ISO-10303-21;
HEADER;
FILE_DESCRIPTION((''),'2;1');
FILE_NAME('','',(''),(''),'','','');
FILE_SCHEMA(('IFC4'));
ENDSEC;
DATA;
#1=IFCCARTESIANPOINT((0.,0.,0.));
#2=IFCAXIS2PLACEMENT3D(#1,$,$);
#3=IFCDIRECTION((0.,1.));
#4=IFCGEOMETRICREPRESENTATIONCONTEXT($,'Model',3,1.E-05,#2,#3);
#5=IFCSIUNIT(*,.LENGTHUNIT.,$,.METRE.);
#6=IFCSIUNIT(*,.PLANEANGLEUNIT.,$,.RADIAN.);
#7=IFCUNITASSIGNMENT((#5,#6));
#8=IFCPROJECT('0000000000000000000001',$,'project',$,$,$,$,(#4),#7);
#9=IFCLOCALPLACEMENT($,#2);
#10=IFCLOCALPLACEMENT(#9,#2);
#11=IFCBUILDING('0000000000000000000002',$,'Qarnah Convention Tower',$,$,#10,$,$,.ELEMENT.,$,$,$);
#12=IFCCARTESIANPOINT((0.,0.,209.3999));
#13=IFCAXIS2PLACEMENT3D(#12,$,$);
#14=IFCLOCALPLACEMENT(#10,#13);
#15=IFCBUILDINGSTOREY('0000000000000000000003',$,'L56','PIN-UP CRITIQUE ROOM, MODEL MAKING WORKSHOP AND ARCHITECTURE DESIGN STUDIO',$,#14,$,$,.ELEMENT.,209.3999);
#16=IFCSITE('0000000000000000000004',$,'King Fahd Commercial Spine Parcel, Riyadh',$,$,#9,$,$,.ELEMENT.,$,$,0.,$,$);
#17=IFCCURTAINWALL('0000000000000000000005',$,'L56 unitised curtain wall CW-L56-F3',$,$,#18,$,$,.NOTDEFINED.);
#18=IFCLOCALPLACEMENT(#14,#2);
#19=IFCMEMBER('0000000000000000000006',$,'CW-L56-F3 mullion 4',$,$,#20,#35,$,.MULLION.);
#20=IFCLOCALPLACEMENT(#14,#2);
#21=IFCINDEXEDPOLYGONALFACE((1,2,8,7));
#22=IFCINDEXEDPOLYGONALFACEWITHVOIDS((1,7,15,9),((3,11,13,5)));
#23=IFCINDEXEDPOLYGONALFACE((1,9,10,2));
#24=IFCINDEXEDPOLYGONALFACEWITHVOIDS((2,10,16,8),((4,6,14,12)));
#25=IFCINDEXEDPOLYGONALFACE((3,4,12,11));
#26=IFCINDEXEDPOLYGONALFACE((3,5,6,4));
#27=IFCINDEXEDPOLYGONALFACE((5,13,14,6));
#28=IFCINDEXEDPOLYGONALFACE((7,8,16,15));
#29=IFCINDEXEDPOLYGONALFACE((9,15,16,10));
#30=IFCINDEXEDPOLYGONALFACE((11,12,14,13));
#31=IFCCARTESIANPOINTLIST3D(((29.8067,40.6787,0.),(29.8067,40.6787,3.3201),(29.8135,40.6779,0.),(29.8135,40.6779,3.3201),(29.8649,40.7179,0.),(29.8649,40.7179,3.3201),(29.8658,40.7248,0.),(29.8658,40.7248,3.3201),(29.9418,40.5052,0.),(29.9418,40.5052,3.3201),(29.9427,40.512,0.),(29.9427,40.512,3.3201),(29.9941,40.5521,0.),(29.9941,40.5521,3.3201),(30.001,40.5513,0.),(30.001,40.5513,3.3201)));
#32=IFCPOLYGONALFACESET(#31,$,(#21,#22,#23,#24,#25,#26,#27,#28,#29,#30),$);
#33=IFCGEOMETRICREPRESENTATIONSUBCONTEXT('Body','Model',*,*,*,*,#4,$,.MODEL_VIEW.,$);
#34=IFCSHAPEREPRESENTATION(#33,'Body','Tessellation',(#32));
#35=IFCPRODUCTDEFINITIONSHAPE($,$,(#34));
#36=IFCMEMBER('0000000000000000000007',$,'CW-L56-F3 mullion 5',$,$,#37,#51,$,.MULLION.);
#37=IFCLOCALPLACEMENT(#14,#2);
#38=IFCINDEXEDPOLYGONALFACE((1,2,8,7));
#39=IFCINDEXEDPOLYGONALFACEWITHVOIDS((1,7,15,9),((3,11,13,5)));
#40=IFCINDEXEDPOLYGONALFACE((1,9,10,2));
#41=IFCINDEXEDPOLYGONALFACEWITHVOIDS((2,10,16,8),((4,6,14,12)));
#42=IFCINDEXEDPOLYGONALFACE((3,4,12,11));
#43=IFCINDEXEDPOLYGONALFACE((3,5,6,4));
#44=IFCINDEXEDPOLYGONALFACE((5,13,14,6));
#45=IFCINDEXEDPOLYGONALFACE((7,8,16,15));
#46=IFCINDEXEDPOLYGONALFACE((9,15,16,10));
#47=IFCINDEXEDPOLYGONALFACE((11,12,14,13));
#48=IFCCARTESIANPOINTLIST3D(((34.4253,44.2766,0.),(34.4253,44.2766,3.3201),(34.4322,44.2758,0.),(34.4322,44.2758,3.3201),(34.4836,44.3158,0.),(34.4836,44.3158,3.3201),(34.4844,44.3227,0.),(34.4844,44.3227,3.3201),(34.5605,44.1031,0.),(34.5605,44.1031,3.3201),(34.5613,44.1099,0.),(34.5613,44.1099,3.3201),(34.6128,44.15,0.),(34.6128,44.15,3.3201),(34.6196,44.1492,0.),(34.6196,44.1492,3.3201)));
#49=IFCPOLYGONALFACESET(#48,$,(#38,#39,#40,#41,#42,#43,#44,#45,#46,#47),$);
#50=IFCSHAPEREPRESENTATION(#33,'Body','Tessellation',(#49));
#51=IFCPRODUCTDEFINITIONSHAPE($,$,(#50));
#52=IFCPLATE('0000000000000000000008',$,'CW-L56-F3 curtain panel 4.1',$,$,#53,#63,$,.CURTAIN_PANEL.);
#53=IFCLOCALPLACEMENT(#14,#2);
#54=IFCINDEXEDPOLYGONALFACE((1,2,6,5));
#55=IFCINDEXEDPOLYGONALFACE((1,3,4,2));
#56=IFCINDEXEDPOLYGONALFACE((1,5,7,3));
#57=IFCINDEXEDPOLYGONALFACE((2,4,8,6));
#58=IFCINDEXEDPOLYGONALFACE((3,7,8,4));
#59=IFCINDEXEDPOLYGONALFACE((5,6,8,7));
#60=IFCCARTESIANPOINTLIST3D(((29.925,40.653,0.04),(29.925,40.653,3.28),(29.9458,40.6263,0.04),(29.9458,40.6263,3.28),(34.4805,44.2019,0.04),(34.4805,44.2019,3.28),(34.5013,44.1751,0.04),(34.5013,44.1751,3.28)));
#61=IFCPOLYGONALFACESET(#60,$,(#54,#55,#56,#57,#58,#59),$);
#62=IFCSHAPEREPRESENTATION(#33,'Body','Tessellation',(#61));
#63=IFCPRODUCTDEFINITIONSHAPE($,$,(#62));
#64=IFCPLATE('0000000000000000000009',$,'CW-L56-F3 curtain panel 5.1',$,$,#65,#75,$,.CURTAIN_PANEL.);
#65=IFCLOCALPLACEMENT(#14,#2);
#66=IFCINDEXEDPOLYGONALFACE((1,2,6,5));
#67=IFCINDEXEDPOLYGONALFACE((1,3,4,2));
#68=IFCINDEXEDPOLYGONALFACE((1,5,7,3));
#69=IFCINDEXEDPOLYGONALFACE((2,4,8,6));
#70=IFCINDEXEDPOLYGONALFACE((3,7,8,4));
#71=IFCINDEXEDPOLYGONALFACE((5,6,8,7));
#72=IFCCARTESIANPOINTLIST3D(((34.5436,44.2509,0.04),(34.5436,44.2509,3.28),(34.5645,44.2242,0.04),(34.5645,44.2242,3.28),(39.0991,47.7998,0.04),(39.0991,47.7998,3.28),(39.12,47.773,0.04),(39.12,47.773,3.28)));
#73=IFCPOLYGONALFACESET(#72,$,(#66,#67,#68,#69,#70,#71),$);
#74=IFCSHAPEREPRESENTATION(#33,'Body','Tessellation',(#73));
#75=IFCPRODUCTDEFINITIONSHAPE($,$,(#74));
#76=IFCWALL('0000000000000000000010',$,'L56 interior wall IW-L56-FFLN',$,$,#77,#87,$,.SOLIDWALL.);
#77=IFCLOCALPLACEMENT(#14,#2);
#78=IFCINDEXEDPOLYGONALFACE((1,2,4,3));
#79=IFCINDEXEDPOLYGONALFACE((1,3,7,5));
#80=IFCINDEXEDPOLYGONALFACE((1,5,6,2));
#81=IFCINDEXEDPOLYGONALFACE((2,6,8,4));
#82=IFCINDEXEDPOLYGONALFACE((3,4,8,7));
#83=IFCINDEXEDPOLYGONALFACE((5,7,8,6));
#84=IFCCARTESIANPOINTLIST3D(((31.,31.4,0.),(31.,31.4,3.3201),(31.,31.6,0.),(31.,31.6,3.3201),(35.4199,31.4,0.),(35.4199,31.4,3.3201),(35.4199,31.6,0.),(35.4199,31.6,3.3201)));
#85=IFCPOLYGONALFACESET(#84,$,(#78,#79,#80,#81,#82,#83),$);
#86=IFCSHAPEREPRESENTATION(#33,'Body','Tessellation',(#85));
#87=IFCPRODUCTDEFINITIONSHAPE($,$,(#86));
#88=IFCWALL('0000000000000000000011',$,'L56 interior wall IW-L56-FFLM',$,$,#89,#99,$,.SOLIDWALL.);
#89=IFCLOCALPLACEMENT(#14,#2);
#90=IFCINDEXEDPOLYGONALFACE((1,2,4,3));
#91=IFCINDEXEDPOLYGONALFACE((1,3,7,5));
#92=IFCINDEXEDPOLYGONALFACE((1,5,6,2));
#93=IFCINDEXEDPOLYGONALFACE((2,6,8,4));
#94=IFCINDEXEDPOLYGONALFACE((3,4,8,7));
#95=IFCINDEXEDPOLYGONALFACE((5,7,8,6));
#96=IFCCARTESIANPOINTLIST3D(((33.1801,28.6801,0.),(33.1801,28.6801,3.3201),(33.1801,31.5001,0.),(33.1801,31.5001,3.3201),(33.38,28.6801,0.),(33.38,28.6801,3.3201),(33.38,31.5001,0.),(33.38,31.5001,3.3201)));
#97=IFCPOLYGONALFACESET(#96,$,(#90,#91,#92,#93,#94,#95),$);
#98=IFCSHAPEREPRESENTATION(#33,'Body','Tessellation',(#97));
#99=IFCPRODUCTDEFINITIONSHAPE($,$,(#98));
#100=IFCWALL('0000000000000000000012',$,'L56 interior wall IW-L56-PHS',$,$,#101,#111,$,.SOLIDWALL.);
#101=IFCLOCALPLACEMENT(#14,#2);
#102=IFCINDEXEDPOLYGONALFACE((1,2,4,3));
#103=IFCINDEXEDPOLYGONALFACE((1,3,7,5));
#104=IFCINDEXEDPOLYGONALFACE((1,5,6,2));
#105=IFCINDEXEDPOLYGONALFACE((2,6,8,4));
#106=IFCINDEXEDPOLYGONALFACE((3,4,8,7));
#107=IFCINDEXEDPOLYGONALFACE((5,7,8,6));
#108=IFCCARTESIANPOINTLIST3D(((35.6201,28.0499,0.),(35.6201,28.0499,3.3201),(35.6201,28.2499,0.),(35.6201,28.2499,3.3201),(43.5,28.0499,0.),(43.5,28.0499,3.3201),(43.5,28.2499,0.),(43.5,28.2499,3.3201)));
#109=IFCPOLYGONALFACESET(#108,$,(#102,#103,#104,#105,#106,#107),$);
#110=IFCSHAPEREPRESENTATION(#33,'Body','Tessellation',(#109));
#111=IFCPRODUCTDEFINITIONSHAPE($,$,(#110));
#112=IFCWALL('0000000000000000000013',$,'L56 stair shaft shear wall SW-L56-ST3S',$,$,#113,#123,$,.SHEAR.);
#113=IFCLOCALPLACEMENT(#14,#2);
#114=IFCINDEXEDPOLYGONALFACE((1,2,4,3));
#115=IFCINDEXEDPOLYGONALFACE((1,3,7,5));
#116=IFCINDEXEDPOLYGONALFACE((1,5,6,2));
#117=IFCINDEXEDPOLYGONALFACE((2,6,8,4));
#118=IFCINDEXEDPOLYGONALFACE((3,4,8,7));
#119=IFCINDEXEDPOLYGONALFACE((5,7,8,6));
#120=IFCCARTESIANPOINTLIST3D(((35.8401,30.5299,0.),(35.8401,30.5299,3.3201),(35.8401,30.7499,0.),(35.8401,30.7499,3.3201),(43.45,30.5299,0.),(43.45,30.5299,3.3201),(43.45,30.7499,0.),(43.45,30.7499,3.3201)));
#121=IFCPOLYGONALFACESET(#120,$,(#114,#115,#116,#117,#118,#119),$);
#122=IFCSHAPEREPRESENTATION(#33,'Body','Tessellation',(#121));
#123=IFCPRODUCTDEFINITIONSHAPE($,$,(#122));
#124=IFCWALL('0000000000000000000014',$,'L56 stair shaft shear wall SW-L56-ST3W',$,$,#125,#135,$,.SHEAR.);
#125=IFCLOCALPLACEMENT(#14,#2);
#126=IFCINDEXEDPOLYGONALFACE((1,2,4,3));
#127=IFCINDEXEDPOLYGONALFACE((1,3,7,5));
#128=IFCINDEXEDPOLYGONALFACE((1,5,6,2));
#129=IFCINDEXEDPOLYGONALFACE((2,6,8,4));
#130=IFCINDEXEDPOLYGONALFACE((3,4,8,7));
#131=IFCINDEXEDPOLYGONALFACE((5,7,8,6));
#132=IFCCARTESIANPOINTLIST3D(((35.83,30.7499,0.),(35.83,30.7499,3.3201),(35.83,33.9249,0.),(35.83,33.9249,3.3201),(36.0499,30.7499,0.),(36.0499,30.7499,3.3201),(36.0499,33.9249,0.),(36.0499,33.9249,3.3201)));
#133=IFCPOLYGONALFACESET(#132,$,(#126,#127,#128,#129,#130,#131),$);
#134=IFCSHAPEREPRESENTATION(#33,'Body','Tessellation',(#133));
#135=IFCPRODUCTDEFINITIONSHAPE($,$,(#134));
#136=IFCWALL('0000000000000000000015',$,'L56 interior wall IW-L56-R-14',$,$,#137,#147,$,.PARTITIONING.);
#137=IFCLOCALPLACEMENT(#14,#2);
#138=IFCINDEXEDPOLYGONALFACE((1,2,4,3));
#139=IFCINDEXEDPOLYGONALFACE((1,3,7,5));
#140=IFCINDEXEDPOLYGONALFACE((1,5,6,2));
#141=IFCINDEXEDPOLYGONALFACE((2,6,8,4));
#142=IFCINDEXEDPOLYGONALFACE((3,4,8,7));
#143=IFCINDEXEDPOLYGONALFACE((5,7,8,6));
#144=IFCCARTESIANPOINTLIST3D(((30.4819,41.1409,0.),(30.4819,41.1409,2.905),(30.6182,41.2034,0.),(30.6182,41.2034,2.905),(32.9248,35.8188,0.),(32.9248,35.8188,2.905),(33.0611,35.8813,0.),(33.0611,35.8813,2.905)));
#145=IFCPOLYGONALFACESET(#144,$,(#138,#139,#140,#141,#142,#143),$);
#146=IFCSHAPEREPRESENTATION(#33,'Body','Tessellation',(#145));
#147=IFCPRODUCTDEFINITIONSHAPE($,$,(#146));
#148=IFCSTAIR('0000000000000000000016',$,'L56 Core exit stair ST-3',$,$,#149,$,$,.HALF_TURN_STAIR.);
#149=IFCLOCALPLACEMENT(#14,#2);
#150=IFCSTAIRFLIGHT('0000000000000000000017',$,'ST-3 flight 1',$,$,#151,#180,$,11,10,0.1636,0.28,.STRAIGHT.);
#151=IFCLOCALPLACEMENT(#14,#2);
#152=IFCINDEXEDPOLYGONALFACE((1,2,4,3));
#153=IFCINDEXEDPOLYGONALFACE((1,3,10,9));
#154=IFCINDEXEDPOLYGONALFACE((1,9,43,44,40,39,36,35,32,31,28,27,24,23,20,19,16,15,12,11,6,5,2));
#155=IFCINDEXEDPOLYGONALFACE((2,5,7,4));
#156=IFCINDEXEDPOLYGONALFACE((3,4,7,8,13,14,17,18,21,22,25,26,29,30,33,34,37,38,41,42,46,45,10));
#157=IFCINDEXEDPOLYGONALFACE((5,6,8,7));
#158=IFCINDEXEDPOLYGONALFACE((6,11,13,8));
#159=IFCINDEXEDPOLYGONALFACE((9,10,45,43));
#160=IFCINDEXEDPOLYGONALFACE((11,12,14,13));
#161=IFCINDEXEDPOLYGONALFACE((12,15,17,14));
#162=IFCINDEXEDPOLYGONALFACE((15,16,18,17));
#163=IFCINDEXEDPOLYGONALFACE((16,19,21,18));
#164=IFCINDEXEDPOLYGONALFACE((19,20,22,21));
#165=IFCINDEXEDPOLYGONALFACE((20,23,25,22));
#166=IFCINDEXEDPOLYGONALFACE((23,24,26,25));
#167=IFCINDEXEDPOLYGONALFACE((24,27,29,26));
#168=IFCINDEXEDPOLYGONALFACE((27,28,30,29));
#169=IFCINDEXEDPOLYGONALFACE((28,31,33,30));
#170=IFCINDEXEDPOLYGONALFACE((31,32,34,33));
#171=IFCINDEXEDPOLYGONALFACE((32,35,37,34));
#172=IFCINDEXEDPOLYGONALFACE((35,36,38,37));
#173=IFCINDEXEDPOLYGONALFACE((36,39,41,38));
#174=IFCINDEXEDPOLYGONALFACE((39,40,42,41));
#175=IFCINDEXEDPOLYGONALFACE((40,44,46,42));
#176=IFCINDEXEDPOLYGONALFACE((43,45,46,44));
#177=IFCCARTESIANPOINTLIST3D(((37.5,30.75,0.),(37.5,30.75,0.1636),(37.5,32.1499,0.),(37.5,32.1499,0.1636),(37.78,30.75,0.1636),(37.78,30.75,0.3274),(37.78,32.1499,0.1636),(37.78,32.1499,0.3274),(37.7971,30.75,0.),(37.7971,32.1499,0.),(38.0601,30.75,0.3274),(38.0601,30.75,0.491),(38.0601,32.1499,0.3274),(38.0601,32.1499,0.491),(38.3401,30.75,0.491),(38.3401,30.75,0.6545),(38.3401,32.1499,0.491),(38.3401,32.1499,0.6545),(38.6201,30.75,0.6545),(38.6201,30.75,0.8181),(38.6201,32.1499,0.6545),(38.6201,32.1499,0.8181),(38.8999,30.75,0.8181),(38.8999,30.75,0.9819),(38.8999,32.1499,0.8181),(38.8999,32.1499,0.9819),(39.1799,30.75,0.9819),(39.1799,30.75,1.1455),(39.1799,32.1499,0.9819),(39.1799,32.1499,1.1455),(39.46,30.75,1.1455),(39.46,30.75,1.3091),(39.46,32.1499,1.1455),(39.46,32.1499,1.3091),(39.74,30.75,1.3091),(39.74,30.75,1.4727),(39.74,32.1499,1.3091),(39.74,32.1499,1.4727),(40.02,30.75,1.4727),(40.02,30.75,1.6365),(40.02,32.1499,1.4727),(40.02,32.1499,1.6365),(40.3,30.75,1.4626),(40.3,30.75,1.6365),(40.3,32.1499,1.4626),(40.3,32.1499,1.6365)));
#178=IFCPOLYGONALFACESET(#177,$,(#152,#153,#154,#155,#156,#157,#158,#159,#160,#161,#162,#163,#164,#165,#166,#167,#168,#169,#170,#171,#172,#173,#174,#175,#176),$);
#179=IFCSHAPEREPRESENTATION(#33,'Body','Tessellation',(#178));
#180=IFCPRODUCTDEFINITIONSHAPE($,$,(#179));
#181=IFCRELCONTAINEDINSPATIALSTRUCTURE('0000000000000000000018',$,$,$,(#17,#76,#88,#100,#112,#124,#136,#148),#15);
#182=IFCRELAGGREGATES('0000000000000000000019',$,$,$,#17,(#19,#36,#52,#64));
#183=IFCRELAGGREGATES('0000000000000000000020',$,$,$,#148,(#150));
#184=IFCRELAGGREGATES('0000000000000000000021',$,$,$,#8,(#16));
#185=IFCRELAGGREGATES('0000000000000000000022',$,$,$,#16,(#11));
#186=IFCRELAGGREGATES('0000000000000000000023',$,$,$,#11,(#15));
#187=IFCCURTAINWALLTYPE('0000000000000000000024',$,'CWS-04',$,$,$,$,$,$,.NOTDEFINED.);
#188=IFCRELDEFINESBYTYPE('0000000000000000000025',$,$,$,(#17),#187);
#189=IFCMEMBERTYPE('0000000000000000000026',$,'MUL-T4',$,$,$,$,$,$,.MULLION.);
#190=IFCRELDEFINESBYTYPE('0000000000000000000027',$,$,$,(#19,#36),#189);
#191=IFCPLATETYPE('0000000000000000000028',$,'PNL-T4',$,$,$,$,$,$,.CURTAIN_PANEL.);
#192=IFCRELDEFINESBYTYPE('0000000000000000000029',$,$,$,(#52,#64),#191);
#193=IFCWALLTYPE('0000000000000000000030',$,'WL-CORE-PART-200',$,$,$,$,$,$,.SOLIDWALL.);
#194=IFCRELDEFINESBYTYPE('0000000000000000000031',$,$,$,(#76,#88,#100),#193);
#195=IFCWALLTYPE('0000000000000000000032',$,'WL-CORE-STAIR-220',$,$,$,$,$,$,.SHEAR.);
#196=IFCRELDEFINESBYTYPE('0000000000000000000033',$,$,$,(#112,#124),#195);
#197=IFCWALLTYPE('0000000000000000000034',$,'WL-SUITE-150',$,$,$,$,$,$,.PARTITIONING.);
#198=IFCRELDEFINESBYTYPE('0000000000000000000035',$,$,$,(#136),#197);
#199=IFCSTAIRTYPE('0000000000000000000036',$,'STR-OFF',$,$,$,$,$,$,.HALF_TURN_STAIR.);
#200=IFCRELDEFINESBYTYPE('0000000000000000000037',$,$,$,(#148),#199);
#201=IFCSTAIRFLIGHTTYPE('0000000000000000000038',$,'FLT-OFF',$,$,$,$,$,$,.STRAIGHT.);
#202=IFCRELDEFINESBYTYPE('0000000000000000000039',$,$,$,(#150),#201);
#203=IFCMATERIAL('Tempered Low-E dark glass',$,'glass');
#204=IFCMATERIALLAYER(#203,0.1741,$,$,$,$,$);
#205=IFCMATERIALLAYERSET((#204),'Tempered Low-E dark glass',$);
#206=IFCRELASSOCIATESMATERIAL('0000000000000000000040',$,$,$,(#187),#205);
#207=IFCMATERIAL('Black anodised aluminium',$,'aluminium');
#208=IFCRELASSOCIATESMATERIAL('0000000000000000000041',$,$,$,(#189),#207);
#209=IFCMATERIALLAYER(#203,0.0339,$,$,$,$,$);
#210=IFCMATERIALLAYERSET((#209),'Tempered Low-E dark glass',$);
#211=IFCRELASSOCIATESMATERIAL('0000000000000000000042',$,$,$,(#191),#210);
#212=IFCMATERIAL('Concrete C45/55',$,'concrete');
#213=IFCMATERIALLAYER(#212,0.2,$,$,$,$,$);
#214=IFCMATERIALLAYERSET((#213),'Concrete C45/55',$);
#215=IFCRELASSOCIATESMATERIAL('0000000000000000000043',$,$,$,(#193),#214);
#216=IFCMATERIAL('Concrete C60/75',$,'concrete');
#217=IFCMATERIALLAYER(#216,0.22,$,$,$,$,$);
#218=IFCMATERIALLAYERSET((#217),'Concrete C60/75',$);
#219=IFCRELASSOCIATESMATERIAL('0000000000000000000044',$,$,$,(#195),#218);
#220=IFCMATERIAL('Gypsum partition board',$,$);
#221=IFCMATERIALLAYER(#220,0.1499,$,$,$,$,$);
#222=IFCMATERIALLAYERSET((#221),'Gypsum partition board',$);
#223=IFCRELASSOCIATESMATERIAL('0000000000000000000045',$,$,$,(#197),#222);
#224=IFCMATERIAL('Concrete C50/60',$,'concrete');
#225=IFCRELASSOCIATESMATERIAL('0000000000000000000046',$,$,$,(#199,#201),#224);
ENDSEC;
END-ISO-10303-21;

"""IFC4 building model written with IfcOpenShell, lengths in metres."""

from ifc_helpers import new_model, si_unit, direction, frame, frame_2d, origin, origin_2d, place, context, subcontext, project, spatial, polyline, rectangle, hollow_rectangle, outline, extrude, material, layer, layer_set, material_profile, profile_set, type_object, element, aggregate, save


model = new_model("IFC4")

# Units and contexts
model_context = context("Model", 3, precision=1e-05, world=origin(), true_north=direction((0.0, 1.0)))
body_context = subcontext(model_context, "Body", "Model", "MODEL_VIEW")
ifc_project = project(units=[si_unit("LENGTHUNIT", "METRE"), si_unit("PLANEANGLEUNIT", "RADIAN")], contexts=[model_context])

# Site, building, storey
site_placement = place(None, origin())
site = spatial("IfcSite", under=ifc_project, at=site_placement, Name="King Fahd Commercial Spine Parcel, Riyadh", CompositionType="ELEMENT", RefElevation=0.0)
building_placement = place(site_placement, origin())
building = spatial("IfcBuilding", under=site, at=building_placement, Name="Qarnah Convention Tower", CompositionType="ELEMENT")
storey_placement = place(building_placement, frame((0.0, 0.0, 209.3999)))
storey = spatial("IfcBuildingStorey", under=building, at=storey_placement, Name="L56", Description="PIN-UP CRITIQUE ROOM, MODEL MAKING WORKSHOP AND ARCHITECTURE DESIGN STUDIO", CompositionType="ELEMENT", Elevation=209.3999)

# Shared definitions
ifc_material_1 = material(Name="Concrete C50/60", Category="concrete")

# Curtain wall, members, plates
ifc_material_2 = material(Name="Tempered Low-E dark glass", Category="glass")
ifc_layer_1 = layer(ifc_material_2, 0.1741)
ifc_layer_set_1 = layer_set([ifc_layer_1], Name="Tempered Low-E dark glass")
curtain_wall_type = type_object("IfcCurtainWallType", Name="CWS-04", PredefinedType="NOTDEFINED", material=ifc_layer_set_1)
curtain_wall_placement = place(storey_placement, origin())
curtain_wall = element("IfcCurtainWall", 1, at=curtain_wall_placement, inside=storey, type_object=curtain_wall_type, Name="L56 unitised curtain wall CW-L56-F3", PredefinedType="NOTDEFINED")
ifc_material_3 = material(Name="Black anodised aluminium", Category="aluminium")
ifc_material_profile_1 = material_profile(ifc_material_3, hollow_rectangle(XDim=0.075, YDim=0.22, WallThickness=0.0049, at=origin_2d()), Name="MUL-75X220")
ifc_profile_set_1 = profile_set([ifc_material_profile_1], Name="Black anodised aluminium")
member_type = type_object("IfcMemberType", Name="MUL-T4", PredefinedType="MULLION", material=ifc_profile_set_1)
member_1_placement = place(storey_placement, frame((29.9038, 40.615, 0.0), z_axis=(0.0, 0.0, 1.0), x_axis=(0.788876, 0.614553, 0.0)))
member_1 = element("IfcMember", 2, at=member_1_placement, type_object=member_type, Name="CW-L56-F3 mullion 4", PredefinedType="MULLION", context=body_context, shape_type="SweptSolid", body=[
    extrude(hollow_rectangle(XDim=0.075, YDim=0.22, WallThickness=0.0049, at=origin_2d()), origin(), (0.0, 0.0, 1.0), 3.3201),
])
member_2_placement = place(storey_placement, frame((34.5225, 44.2129, 0.0), z_axis=(0.0, 0.0, 1.0), x_axis=(0.788876, 0.614553, 0.0)))
member_2 = element("IfcMember", 3, at=member_2_placement, type_object=member_type, Name="CW-L56-F3 mullion 5", PredefinedType="MULLION", context=body_context, shape_type="SweptSolid", body=[
    extrude(hollow_rectangle(XDim=0.075, YDim=0.22, WallThickness=0.0049, at=origin_2d()), origin(), (0.0, 0.0, 1.0), 3.3201),
])
ifc_layer_2 = layer(ifc_material_2, 0.0339)
ifc_layer_set_2 = layer_set([ifc_layer_2], Name="Tempered Low-E dark glass")
plate_type = type_object("IfcPlateType", Name="PNL-T4", PredefinedType="CURTAIN_PANEL", material=ifc_layer_set_2)
plate_1_placement = place(storey_placement, frame((32.2131, 42.4141, 0.04), z_axis=(0.0, 0.0, 1.0), x_axis=(0.788876, 0.614553, 0.0)))
plate_1 = element("IfcPlate", 4, at=plate_1_placement, type_object=plate_type, Name="CW-L56-F3 curtain panel 4.1", PredefinedType="CURTAIN_PANEL", context=body_context, shape_type="SweptSolid", body=[
    extrude(rectangle(XDim=5.7747, YDim=0.0339, at=origin_2d()), origin(), (0.0, 0.0, 1.0), 3.24),
])
plate_2_placement = place(storey_placement, frame((36.8318, 46.012, 0.04), z_axis=(0.0, 0.0, 1.0), x_axis=(0.788876, 0.614553, 0.0)))
plate_2 = element("IfcPlate", 5, at=plate_2_placement, type_object=plate_type, Name="CW-L56-F3 curtain panel 5.1", PredefinedType="CURTAIN_PANEL", context=body_context, shape_type="SweptSolid", body=[
    extrude(rectangle(XDim=5.7747, YDim=0.0339, at=origin_2d()), origin(), (0.0, 0.0, 1.0), 3.24),
])
aggregate(curtain_wall, [member_1, member_2, plate_1, plate_2])

# Shared definitions
ifc_material_4 = material(Name="Concrete C45/55", Category="concrete")
ifc_layer_3 = layer(ifc_material_4, 0.2)
ifc_layer_set_3 = layer_set([ifc_layer_3], Name="Concrete C45/55")
wall_type_1 = type_object("IfcWallType", Name="WL-CORE-PART-200", PredefinedType="SOLIDWALL", material=ifc_layer_set_3)

# Walls
wall_1_placement = place(storey_placement, frame((31.0, 31.5, 0.0), z_axis=(0.0, 0.0, 1.0), x_axis=(1.0, 0.0, 0.0)))
element("IfcWall", 6, at=wall_1_placement, inside=storey, type_object=wall_type_1, Name="L56 interior wall IW-L56-FFLN", PredefinedType="SOLIDWALL", context=body_context, shape_type="SweptSolid", body=[
    extrude(rectangle(XDim=4.4199, YDim=0.2, at=frame_2d((2.21, 0.0))), origin(), (0.0, 0.0, 1.0), 3.3201),
])
wall_2_placement = place(storey_placement, frame((33.28, 28.6799, 0.0), z_axis=(0.0, 0.0, 1.0), x_axis=(0.0, 1.0, 0.0)))
element("IfcWall", 7, at=wall_2_placement, inside=storey, type_object=wall_type_1, Name="L56 interior wall IW-L56-FFLM", PredefinedType="SOLIDWALL", context=body_context, shape_type="SweptSolid", body=[
    extrude(rectangle(XDim=2.8201, YDim=0.2, at=frame_2d((1.4102, 0.0))), origin(), (0.0, 0.0, 1.0), 3.3201),
])
wall_3_placement = place(storey_placement, frame((35.6201, 28.1499, 0.0), z_axis=(0.0, 0.0, 1.0), x_axis=(1.0, 0.0, 0.0)))
element("IfcWall", 8, at=wall_3_placement, inside=storey, type_object=wall_type_1, Name="L56 interior wall IW-L56-PHS", PredefinedType="SOLIDWALL", context=body_context, shape_type="SweptSolid", body=[
    extrude(rectangle(XDim=7.8799, YDim=0.2, at=frame_2d((3.9399, 0.0))), origin(), (0.0, 0.0, 1.0), 3.3201),
])

# Walls
ifc_material_5 = material(Name="Concrete C60/75", Category="concrete")
ifc_layer_4 = layer(ifc_material_5, 0.22)
ifc_layer_set_4 = layer_set([ifc_layer_4], Name="Concrete C60/75")
wall_type_2 = type_object("IfcWallType", Name="WL-CORE-STAIR-220", PredefinedType="SHEAR", material=ifc_layer_set_4)
wall_4_placement = place(storey_placement, frame((35.8401, 30.6399, 0.0), z_axis=(0.0, 0.0, 1.0), x_axis=(1.0, 0.0, 0.0)))
element("IfcWall", 9, at=wall_4_placement, inside=storey, type_object=wall_type_2, Name="L56 stair shaft shear wall SW-L56-ST3S", PredefinedType="SHEAR", context=body_context, shape_type="SweptSolid", body=[
    extrude(rectangle(XDim=7.6099, YDim=0.22, at=frame_2d((3.8049, 0.0))), origin(), (0.0, 0.0, 1.0), 3.3201),
])
wall_5_placement = place(storey_placement, frame((35.9399, 30.75, 0.0), z_axis=(0.0, 0.0, 1.0), x_axis=(0.0, 1.0, 0.0)))
element("IfcWall", 10, at=wall_5_placement, inside=storey, type_object=wall_type_2, Name="L56 stair shaft shear wall SW-L56-ST3W", PredefinedType="SHEAR", context=body_context, shape_type="SweptSolid", body=[
    extrude(rectangle(XDim=3.175, YDim=0.22, at=frame_2d((1.5874, 0.0))), origin(), (0.0, 0.0, 1.0), 3.3201),
])
ifc_material_6 = material(Name="Gypsum partition board")
ifc_layer_5 = layer(ifc_material_6, 0.1499)
ifc_layer_set_5 = layer_set([ifc_layer_5], Name="Gypsum partition board")
wall_type_3 = type_object("IfcWallType", Name="WL-SUITE-150", PredefinedType="PARTITIONING", material=ifc_layer_set_5)
wall_6_placement = place(storey_placement, frame((30.55, 41.1721, 0.0), z_axis=(0.0, 0.0, 1.0), x_axis=(0.417164, -0.908831, 0.0)))
element("IfcWall", 11, at=wall_6_placement, inside=storey, type_object=wall_type_3, Name="L56 interior wall IW-L56-R-14", PredefinedType="PARTITIONING", context=body_context, shape_type="SweptSolid", body=[
    extrude(rectangle(XDim=5.856, YDim=0.1499, at=frame_2d((2.928, 0.0))), origin(), (0.0, 0.0, 1.0), 2.905),
])

# Stair, stair flight
stair_type = type_object("IfcStairType", Name="STR-OFF", PredefinedType="HALF_TURN_STAIR", material=ifc_material_1)
stair_placement = place(storey_placement, origin())
stair = element("IfcStair", 12, at=stair_placement, inside=storey, type_object=stair_type, Name="L56 Core exit stair ST-3", PredefinedType="HALF_TURN_STAIR")
stair_flight_type = type_object("IfcStairFlightType", Name="FLT-OFF", PredefinedType="STRAIGHT", material=ifc_material_1)
stair_flight_placement = place(storey_placement, frame((37.5, 31.45, 0.0), z_axis=(0.0, 0.0, 1.0), x_axis=(1.0, 0.0, 0.0)))
stair_flight = element("IfcStairFlight", 13, at=stair_flight_placement, type_object=stair_flight_type, Name="ST-3 flight 1", NumberOfRisers=11, NumberOfTreads=10, PredefinedType="STRAIGHT", RiserHeight=0.1636, TreadLength=0.28, context=body_context, shape_type="SweptSolid", body=[
    extrude(outline(polyline([(0.0, 0.0), (0.0, 0.1636), (0.28, 0.1636), (0.28, 0.3274), (0.5601, 0.3274), (0.5601, 0.491), (0.8401, 0.491), (0.8401, 0.6545), (1.1201, 0.6545), (1.1201, 0.8181), (1.3999, 0.8181), (1.3999, 0.9819), (1.6799, 0.9819), (1.6799, 1.1455), (1.96, 1.1455), (1.96, 1.3091), (2.24, 1.3091), (2.24, 1.4727), (2.52, 1.4727), (2.52, 1.6365), (2.8, 1.6365), (2.8, 1.8), (2.8, 1.4626), (0.2971, 0.0), (0.0, 0.0)])), frame((0.0, 0.7, 0.0), z_axis=(0.0, -1.0, 0.0), x_axis=(1.0, 0.0, 0.0)), (0.0, 0.0, 1.0), 1.3999),
])
aggregate(stair, [stair_flight])

save(model, "model.ifc")
